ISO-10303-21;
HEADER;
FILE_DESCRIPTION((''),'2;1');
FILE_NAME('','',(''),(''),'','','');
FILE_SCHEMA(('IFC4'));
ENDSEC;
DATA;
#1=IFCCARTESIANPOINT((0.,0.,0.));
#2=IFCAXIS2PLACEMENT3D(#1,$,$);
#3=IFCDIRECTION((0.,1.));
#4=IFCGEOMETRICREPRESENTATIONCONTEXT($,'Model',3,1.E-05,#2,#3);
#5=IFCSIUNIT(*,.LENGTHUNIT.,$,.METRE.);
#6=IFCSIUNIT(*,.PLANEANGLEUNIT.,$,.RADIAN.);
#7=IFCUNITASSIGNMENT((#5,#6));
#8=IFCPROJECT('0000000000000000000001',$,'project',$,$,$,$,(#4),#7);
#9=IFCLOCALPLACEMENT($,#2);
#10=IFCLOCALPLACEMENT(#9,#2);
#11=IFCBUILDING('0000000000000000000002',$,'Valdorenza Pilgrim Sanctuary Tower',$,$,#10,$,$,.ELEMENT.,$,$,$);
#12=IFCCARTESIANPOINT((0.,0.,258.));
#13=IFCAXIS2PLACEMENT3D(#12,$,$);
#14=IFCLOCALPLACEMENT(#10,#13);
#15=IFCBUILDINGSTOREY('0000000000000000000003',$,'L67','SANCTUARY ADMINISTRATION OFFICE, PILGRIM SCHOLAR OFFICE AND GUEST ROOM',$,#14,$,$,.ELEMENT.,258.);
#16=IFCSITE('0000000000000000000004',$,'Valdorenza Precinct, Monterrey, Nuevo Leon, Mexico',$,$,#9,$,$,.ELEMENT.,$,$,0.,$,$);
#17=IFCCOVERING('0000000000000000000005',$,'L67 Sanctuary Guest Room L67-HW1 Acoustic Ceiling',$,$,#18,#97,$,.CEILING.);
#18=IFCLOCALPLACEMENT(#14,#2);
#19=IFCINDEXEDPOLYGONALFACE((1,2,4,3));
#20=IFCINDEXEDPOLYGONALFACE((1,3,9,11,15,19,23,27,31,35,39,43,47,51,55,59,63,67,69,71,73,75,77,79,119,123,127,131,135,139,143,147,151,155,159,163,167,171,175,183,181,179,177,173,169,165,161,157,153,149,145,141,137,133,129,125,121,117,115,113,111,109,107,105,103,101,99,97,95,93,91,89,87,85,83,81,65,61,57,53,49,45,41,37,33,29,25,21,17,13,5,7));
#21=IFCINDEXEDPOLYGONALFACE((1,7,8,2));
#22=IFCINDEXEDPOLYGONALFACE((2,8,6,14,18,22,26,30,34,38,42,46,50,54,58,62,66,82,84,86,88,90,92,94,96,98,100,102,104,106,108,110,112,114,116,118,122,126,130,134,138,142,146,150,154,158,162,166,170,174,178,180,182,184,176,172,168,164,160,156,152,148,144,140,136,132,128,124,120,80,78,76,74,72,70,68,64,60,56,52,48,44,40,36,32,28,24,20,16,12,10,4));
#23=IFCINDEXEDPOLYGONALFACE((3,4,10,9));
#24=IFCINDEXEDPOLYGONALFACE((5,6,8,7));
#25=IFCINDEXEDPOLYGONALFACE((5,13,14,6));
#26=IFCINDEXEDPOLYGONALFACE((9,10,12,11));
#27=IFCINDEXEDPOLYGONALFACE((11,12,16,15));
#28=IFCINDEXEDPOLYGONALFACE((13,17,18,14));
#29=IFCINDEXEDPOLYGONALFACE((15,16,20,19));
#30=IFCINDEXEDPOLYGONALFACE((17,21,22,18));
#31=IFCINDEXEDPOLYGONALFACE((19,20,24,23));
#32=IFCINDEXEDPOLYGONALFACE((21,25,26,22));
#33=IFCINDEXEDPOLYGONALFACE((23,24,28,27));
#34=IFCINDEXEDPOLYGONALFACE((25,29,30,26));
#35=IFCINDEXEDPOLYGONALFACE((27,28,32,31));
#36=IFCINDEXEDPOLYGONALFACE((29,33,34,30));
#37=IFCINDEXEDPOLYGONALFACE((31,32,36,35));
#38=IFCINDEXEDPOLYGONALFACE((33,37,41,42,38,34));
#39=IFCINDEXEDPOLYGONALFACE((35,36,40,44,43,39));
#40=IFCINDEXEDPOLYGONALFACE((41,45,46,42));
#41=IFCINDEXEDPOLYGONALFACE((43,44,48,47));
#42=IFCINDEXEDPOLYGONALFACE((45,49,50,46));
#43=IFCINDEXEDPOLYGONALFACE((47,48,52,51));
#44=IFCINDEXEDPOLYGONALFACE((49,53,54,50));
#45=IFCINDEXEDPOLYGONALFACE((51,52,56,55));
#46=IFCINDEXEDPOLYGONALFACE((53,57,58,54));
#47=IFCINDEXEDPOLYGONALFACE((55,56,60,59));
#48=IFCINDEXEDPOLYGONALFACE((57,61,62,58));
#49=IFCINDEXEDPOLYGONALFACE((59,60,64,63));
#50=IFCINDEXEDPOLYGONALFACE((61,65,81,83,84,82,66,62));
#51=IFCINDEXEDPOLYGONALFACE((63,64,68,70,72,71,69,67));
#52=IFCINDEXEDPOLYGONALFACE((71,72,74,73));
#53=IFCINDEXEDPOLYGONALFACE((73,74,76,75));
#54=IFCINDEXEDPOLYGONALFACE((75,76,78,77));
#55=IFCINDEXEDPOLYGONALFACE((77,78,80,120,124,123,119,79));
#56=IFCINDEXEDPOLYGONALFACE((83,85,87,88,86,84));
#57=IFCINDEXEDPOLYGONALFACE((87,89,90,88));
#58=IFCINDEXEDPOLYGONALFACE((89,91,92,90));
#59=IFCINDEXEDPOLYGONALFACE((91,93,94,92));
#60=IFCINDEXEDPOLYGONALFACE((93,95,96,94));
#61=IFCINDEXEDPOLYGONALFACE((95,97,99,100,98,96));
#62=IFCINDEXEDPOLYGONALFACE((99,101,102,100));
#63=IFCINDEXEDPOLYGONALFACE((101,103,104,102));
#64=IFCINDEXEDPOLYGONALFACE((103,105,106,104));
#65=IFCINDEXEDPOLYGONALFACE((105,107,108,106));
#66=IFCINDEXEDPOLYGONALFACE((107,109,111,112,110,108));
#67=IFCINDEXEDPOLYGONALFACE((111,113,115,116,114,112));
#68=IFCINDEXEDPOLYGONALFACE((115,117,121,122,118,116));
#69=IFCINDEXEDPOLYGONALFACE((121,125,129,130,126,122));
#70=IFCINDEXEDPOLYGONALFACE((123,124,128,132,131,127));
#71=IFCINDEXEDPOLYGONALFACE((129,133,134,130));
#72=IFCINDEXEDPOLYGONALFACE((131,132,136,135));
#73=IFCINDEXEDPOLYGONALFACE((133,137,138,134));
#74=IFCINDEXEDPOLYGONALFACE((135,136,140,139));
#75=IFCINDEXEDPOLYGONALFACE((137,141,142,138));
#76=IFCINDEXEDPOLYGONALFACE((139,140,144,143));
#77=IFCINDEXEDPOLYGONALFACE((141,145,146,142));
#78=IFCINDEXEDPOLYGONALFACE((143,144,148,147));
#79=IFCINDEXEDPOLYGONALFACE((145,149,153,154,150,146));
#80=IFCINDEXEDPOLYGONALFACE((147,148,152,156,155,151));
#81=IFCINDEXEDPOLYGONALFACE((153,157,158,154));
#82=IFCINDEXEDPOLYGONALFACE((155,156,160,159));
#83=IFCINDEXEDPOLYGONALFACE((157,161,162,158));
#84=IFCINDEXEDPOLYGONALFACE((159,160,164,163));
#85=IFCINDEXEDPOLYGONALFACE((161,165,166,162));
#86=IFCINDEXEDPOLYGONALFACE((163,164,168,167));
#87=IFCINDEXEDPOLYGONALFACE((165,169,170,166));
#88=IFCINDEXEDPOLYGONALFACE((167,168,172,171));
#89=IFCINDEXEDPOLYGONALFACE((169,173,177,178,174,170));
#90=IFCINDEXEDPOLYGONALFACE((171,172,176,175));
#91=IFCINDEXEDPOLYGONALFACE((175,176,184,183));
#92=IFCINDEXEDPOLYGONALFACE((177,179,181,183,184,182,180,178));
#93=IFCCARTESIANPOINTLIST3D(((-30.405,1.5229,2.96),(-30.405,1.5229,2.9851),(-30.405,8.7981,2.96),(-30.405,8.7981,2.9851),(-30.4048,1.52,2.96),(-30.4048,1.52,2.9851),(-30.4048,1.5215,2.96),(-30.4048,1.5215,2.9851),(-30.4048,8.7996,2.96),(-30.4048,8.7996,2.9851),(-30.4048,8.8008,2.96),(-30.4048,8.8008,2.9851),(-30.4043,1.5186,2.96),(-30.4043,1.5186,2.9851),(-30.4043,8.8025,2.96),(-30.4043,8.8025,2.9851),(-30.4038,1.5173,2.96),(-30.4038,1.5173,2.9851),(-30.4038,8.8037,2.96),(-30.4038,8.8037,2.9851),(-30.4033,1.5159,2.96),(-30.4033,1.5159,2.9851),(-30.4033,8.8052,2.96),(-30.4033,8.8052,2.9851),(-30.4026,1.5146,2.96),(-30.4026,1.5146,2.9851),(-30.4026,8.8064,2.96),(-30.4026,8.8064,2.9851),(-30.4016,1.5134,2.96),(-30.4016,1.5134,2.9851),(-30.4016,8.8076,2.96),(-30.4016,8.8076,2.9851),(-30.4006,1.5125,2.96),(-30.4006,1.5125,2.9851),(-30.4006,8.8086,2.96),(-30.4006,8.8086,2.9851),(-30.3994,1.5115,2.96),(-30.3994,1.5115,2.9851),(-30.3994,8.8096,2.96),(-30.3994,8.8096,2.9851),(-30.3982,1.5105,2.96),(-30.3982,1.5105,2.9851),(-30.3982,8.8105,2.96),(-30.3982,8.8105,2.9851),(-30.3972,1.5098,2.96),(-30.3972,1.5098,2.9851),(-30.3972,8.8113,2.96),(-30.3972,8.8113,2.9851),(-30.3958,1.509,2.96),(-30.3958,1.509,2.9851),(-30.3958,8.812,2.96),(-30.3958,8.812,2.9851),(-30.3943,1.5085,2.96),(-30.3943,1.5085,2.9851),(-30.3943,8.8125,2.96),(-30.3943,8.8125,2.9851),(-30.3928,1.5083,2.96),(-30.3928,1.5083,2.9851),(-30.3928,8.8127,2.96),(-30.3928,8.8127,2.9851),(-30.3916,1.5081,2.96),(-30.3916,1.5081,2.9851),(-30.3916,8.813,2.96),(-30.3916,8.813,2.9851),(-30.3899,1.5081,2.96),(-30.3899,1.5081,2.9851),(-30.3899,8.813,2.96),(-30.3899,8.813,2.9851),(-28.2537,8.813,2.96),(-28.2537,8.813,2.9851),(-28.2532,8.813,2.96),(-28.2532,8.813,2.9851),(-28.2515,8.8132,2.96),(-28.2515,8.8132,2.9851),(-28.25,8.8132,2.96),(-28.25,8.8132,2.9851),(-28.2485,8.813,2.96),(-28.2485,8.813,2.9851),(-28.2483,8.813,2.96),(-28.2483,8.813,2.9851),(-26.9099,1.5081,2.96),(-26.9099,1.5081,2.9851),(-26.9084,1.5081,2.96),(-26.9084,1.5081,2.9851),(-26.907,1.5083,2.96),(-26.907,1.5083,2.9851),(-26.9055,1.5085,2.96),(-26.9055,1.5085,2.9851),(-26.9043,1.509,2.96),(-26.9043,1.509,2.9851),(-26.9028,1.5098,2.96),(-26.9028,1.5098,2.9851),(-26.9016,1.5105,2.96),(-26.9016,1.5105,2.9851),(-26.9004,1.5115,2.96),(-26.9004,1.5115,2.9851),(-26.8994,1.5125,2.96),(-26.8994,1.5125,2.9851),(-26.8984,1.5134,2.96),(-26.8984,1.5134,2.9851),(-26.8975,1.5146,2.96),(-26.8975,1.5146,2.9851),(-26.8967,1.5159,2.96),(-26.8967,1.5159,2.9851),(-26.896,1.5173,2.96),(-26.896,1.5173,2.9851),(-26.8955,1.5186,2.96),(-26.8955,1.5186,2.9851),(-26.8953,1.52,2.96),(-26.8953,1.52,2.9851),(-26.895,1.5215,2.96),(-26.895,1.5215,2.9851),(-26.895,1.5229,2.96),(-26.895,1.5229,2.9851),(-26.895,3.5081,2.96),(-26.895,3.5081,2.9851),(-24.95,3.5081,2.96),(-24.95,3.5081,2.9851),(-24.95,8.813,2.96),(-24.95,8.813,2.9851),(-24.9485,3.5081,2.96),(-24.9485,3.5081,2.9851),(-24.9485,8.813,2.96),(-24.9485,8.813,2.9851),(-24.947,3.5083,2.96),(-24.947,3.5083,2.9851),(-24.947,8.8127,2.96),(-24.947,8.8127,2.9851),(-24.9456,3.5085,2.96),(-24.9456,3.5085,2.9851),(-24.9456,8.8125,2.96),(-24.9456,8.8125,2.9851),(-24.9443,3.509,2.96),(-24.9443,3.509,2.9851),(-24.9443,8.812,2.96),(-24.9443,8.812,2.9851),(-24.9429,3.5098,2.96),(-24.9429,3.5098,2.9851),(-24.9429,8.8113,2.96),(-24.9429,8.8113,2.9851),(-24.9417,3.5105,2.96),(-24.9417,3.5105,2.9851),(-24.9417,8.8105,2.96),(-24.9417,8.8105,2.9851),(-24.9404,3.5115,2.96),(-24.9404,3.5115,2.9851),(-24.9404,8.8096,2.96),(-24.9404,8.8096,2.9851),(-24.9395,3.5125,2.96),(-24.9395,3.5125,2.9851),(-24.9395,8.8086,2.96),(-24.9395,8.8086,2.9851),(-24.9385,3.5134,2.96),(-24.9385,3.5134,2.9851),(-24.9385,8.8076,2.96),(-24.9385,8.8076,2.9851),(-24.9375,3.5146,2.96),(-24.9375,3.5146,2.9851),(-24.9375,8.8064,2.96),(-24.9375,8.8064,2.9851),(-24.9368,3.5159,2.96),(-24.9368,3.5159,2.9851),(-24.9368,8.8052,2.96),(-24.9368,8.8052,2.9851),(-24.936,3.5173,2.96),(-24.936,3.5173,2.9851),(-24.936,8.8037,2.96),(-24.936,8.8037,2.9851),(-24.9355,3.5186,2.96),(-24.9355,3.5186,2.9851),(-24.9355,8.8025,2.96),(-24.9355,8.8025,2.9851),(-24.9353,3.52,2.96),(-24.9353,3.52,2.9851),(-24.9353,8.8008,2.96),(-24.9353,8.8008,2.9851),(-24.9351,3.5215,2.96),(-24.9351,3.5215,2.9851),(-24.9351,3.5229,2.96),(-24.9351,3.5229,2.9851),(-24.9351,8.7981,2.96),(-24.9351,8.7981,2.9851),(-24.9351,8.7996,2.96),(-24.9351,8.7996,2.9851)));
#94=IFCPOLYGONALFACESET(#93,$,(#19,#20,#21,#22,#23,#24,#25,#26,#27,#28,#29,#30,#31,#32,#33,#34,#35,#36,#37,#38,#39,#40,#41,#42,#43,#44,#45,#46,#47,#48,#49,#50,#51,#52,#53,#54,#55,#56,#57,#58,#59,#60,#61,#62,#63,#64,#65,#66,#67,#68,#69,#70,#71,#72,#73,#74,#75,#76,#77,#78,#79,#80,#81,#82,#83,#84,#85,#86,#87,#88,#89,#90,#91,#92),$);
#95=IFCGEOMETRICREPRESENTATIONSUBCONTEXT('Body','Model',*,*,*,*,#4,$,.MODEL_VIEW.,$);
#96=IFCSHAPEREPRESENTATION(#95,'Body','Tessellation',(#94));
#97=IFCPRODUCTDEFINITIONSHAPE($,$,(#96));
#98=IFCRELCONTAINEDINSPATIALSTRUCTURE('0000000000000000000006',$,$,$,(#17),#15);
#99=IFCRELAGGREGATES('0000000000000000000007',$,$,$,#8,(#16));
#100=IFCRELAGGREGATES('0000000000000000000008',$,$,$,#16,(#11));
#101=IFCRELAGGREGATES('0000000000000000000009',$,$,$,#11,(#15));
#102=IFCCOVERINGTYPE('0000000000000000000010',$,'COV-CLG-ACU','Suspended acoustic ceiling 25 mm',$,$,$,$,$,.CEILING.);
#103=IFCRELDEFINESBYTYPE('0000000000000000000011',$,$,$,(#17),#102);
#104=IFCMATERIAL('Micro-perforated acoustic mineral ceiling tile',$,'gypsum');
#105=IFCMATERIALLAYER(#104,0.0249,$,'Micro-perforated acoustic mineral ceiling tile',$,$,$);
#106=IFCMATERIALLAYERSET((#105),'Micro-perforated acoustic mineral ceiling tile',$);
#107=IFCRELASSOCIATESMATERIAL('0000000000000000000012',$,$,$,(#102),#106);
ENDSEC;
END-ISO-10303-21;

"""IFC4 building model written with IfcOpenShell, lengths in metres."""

from ifc_helpers import new_model, si_unit, direction, frame, origin, place, context, subcontext, project, spatial, polyline, outline, extrude, material, layer, layer_set, type_object, element, save


model = new_model("IFC4")

# Units and contexts
model_context = context("Model", 3, precision=1e-05, world=origin(), true_north=direction((0.0, 1.0)))
body_context = subcontext(model_context, "Body", "Model", "MODEL_VIEW")
ifc_project = project(units=[si_unit("LENGTHUNIT", "METRE"), si_unit("PLANEANGLEUNIT", "RADIAN")], contexts=[model_context])

# Site, building, storey
site_placement = place(None, origin())
site = spatial("IfcSite", under=ifc_project, at=site_placement, Name="Valdorenza Precinct, Monterrey, Nuevo Leon, Mexico", CompositionType="ELEMENT", RefElevation=0.0)
building_placement = place(site_placement, origin())
building = spatial("IfcBuilding", under=site, at=building_placement, Name="Valdorenza Pilgrim Sanctuary Tower", CompositionType="ELEMENT")
storey_placement = place(building_placement, frame((0.0, 0.0, 258.0)))
storey = spatial("IfcBuildingStorey", under=building, at=storey_placement, Name="L67", Description="SANCTUARY ADMINISTRATION OFFICE, PILGRIM SCHOLAR OFFICE AND GUEST ROOM", CompositionType="ELEMENT", Elevation=258.0)

# Covering
ifc_material_1 = material(Name="Micro-perforated acoustic mineral ceiling tile", Category="gypsum")
ifc_layer_1 = layer(ifc_material_1, 0.0249, Name="Micro-perforated acoustic mineral ceiling tile")
ifc_layer_set_1 = layer_set([ifc_layer_1], Name="Micro-perforated acoustic mineral ceiling tile")
covering_type_1 = type_object("IfcCoveringType", Name="COV-CLG-ACU", Description="Suspended acoustic ceiling 25 mm", PredefinedType="CEILING", material=ifc_layer_set_1)
covering_1_placement = place(storey_placement, frame((0.0, 0.0, 2.96)))
element("IfcCovering", 1, at=covering_1_placement, inside=storey, type_object=covering_type_1, Name="L67 Sanctuary Guest Room L67-HW1 Acoustic Ceiling", PredefinedType="CEILING", context=body_context, shape_type="SweptSolid", body=[
    extrude(outline(polyline([(-28.2537, 8.813), (-28.2532, 8.813), (-28.2515, 8.8132), (-28.25, 8.8132), (-28.2485, 8.813), (-28.2483, 8.813), (-24.95, 8.813), (-24.9485, 8.813), (-24.947, 8.8127), (-24.9456, 8.8125), (-24.9443, 8.812), (-24.9429, 8.8113), (-24.9417, 8.8105), (-24.9404, 8.8096), (-24.9395, 8.8086), (-24.9385, 8.8076), (-24.9375, 8.8064), (-24.9368, 8.8052), (-24.936, 8.8037), (-24.9355, 8.8025), (-24.9353, 8.8008), (-24.9351, 8.7996), (-24.9351, 8.7981), (-24.9351, 3.5229), (-24.9351, 3.5215), (-24.9353, 3.52), (-24.9355, 3.5186), (-24.936, 3.5173), (-24.9368, 3.5159), (-24.9375, 3.5146), (-24.9385, 3.5134), (-24.9395, 3.5125), (-24.9404, 3.5115), (-24.9417, 3.5105), (-24.9429, 3.5098), (-24.9443, 3.509), (-24.9456, 3.5085), (-24.947, 3.5083), (-24.9485, 3.5081), (-24.95, 3.5081), (-26.895, 3.5081), (-26.895, 1.5229), (-26.895, 1.5215), (-26.8953, 1.52), (-26.8955, 1.5186), (-26.896, 1.5173), (-26.8967, 1.5159), (-26.8975, 1.5146), (-26.8984, 1.5134), (-26.8994, 1.5125), (-26.9004, 1.5115), (-26.9016, 1.5105), (-26.9028, 1.5098), (-26.9043, 1.509), (-26.9055, 1.5085), (-26.907, 1.5083), (-26.9084, 1.5081), (-26.9099, 1.5081), (-30.3899, 1.5081), (-30.3916, 1.5081), (-30.3928, 1.5083), (-30.3943, 1.5085), (-30.3958, 1.509), (-30.3972, 1.5098), (-30.3982, 1.5105), (-30.3994, 1.5115), (-30.4006, 1.5125), (-30.4016, 1.5134), (-30.4026, 1.5146), (-30.4033, 1.5159), (-30.4038, 1.5173), (-30.4043, 1.5186), (-30.4048, 1.52), (-30.4048, 1.5215), (-30.405, 1.5229), (-30.405, 8.7981), (-30.4048, 8.7996), (-30.4048, 8.8008), (-30.4043, 8.8025), (-30.4038, 8.8037), (-30.4033, 8.8052), (-30.4026, 8.8064), (-30.4016, 8.8076), (-30.4006, 8.8086), (-30.3994, 8.8096), (-30.3982, 8.8105), (-30.3972, 8.8113), (-30.3958, 8.812), (-30.3943, 8.8125), (-30.3928, 8.8127), (-30.3916, 8.813), (-30.3899, 8.813), (-28.2537, 8.813)])), origin(), (0.0, 0.0, 1.0), 0.0251),
])

save(model, "model.ifc")
